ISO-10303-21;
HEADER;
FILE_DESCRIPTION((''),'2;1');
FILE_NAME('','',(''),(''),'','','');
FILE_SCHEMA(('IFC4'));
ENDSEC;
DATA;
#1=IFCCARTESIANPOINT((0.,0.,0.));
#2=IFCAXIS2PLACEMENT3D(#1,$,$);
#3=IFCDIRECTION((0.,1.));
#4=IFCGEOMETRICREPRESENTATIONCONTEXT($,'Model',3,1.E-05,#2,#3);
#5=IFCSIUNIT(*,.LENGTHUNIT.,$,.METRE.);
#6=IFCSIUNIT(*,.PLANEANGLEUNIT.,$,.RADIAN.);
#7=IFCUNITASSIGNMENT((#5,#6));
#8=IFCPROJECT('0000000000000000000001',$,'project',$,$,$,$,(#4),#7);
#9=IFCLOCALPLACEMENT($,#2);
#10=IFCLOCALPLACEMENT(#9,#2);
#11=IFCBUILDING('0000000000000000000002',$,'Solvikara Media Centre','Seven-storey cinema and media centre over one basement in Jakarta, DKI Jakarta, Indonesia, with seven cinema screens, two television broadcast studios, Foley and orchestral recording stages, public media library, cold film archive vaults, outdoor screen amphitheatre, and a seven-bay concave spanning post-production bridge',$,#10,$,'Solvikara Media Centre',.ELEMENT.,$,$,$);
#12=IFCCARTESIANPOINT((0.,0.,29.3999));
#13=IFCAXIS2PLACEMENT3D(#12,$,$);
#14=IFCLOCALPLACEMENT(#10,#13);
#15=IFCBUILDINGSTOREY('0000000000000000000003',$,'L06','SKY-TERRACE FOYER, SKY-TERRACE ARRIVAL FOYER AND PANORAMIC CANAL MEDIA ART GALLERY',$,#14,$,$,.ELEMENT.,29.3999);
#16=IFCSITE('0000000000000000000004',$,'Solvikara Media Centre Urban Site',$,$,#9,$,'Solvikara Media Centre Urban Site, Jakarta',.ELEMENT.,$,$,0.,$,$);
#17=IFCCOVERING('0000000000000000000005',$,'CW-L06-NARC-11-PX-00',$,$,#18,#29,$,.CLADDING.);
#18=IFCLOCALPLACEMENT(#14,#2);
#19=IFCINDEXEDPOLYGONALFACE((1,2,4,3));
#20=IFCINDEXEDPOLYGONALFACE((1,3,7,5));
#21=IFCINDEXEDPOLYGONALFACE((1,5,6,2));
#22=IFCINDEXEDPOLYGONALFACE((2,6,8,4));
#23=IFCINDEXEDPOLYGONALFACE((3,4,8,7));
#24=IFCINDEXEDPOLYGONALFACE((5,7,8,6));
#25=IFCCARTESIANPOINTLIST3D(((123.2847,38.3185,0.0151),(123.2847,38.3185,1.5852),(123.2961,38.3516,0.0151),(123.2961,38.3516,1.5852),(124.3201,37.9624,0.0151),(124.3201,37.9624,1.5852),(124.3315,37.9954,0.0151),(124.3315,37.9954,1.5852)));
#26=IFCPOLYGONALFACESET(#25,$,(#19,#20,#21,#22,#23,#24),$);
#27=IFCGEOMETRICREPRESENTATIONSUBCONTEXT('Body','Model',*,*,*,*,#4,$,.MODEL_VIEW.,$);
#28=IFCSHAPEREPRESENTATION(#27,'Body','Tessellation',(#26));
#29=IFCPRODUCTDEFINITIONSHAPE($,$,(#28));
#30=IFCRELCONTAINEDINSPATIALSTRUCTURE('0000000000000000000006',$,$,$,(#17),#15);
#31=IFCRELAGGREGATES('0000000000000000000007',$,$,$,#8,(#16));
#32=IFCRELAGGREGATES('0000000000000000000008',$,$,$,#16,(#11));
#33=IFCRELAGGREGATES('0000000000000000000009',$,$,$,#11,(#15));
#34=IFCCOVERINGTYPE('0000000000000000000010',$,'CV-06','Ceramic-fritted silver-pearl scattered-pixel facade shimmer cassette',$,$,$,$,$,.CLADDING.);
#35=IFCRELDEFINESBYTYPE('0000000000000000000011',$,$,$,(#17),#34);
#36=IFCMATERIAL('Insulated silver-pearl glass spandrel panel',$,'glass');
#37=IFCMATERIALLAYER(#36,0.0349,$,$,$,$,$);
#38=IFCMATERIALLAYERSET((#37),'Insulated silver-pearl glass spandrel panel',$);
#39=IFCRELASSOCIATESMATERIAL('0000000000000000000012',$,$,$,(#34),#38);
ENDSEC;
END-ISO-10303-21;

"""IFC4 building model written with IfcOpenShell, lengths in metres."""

from ifc_helpers import new_model, si_unit, direction, frame, origin, origin_2d, place, context, subcontext, project, spatial, rectangle, extrude, material, layer, layer_set, type_object, element, save


model = new_model("IFC4")

# Units and contexts
model_context = context("Model", 3, precision=1e-05, world=origin(), true_north=direction((0.0, 1.0)))
body_context = subcontext(model_context, "Body", "Model", "MODEL_VIEW")
ifc_project = project(units=[si_unit("LENGTHUNIT", "METRE"), si_unit("PLANEANGLEUNIT", "RADIAN")], contexts=[model_context])

# Site, building, storey
site_placement = place(None, origin())
site = spatial("IfcSite", under=ifc_project, at=site_placement, Name="Solvikara Media Centre Urban Site", LongName="Solvikara Media Centre Urban Site, Jakarta", CompositionType="ELEMENT", RefElevation=0.0)
building_placement = place(site_placement, origin())
building = spatial("IfcBuilding", under=site, at=building_placement, Name="Solvikara Media Centre", Description="Seven-storey cinema and media centre over one basement in Jakarta, DKI Jakarta, Indonesia, with seven cinema screens, two television broadcast studios, Foley and orchestral recording stages, public media library, cold film archive vaults, outdoor screen amphitheatre, and a seven-bay concave spanning post-production bridge", LongName="Solvikara Media Centre", CompositionType="ELEMENT")
storey_placement = place(building_placement, frame((0.0, 0.0, 29.3999)))
storey = spatial("IfcBuildingStorey", under=building, at=storey_placement, Name="L06", Description="SKY-TERRACE FOYER, SKY-TERRACE ARRIVAL FOYER AND PANORAMIC CANAL MEDIA ART GALLERY", CompositionType="ELEMENT", Elevation=29.3999)

# Shared definitions
ifc_material_1 = material(Name="Insulated silver-pearl glass spandrel panel", Category="glass")

# Covering
ifc_layer_1 = layer(ifc_material_1, 0.0349)
ifc_layer_set_1 = layer_set([ifc_layer_1], Name="Insulated silver-pearl glass spandrel panel")
covering_type_1 = type_object("IfcCoveringType", Name="CV-06", Description="Ceramic-fritted silver-pearl scattered-pixel facade shimmer cassette", PredefinedType="CLADDING", material=ifc_layer_set_1)
covering_1_placement = place(storey_placement, frame((123.8081, 38.157, 0.0151), z_axis=(0.0, 0.0, 1.0), x_axis=(0.945626, -0.325255, 0.0)))
element("IfcCovering", 1, at=covering_1_placement, inside=storey, type_object=covering_type_1, Name="CW-L06-NARC-11-PX-00", PredefinedType="CLADDING", context=body_context, shape_type="SweptSolid", body=[
    extrude(rectangle(XDim=1.095, YDim=0.0349, at=origin_2d()), origin(), (0.0, 0.0, 1.0), 1.5701),
])

save(model, "model.ifc")
